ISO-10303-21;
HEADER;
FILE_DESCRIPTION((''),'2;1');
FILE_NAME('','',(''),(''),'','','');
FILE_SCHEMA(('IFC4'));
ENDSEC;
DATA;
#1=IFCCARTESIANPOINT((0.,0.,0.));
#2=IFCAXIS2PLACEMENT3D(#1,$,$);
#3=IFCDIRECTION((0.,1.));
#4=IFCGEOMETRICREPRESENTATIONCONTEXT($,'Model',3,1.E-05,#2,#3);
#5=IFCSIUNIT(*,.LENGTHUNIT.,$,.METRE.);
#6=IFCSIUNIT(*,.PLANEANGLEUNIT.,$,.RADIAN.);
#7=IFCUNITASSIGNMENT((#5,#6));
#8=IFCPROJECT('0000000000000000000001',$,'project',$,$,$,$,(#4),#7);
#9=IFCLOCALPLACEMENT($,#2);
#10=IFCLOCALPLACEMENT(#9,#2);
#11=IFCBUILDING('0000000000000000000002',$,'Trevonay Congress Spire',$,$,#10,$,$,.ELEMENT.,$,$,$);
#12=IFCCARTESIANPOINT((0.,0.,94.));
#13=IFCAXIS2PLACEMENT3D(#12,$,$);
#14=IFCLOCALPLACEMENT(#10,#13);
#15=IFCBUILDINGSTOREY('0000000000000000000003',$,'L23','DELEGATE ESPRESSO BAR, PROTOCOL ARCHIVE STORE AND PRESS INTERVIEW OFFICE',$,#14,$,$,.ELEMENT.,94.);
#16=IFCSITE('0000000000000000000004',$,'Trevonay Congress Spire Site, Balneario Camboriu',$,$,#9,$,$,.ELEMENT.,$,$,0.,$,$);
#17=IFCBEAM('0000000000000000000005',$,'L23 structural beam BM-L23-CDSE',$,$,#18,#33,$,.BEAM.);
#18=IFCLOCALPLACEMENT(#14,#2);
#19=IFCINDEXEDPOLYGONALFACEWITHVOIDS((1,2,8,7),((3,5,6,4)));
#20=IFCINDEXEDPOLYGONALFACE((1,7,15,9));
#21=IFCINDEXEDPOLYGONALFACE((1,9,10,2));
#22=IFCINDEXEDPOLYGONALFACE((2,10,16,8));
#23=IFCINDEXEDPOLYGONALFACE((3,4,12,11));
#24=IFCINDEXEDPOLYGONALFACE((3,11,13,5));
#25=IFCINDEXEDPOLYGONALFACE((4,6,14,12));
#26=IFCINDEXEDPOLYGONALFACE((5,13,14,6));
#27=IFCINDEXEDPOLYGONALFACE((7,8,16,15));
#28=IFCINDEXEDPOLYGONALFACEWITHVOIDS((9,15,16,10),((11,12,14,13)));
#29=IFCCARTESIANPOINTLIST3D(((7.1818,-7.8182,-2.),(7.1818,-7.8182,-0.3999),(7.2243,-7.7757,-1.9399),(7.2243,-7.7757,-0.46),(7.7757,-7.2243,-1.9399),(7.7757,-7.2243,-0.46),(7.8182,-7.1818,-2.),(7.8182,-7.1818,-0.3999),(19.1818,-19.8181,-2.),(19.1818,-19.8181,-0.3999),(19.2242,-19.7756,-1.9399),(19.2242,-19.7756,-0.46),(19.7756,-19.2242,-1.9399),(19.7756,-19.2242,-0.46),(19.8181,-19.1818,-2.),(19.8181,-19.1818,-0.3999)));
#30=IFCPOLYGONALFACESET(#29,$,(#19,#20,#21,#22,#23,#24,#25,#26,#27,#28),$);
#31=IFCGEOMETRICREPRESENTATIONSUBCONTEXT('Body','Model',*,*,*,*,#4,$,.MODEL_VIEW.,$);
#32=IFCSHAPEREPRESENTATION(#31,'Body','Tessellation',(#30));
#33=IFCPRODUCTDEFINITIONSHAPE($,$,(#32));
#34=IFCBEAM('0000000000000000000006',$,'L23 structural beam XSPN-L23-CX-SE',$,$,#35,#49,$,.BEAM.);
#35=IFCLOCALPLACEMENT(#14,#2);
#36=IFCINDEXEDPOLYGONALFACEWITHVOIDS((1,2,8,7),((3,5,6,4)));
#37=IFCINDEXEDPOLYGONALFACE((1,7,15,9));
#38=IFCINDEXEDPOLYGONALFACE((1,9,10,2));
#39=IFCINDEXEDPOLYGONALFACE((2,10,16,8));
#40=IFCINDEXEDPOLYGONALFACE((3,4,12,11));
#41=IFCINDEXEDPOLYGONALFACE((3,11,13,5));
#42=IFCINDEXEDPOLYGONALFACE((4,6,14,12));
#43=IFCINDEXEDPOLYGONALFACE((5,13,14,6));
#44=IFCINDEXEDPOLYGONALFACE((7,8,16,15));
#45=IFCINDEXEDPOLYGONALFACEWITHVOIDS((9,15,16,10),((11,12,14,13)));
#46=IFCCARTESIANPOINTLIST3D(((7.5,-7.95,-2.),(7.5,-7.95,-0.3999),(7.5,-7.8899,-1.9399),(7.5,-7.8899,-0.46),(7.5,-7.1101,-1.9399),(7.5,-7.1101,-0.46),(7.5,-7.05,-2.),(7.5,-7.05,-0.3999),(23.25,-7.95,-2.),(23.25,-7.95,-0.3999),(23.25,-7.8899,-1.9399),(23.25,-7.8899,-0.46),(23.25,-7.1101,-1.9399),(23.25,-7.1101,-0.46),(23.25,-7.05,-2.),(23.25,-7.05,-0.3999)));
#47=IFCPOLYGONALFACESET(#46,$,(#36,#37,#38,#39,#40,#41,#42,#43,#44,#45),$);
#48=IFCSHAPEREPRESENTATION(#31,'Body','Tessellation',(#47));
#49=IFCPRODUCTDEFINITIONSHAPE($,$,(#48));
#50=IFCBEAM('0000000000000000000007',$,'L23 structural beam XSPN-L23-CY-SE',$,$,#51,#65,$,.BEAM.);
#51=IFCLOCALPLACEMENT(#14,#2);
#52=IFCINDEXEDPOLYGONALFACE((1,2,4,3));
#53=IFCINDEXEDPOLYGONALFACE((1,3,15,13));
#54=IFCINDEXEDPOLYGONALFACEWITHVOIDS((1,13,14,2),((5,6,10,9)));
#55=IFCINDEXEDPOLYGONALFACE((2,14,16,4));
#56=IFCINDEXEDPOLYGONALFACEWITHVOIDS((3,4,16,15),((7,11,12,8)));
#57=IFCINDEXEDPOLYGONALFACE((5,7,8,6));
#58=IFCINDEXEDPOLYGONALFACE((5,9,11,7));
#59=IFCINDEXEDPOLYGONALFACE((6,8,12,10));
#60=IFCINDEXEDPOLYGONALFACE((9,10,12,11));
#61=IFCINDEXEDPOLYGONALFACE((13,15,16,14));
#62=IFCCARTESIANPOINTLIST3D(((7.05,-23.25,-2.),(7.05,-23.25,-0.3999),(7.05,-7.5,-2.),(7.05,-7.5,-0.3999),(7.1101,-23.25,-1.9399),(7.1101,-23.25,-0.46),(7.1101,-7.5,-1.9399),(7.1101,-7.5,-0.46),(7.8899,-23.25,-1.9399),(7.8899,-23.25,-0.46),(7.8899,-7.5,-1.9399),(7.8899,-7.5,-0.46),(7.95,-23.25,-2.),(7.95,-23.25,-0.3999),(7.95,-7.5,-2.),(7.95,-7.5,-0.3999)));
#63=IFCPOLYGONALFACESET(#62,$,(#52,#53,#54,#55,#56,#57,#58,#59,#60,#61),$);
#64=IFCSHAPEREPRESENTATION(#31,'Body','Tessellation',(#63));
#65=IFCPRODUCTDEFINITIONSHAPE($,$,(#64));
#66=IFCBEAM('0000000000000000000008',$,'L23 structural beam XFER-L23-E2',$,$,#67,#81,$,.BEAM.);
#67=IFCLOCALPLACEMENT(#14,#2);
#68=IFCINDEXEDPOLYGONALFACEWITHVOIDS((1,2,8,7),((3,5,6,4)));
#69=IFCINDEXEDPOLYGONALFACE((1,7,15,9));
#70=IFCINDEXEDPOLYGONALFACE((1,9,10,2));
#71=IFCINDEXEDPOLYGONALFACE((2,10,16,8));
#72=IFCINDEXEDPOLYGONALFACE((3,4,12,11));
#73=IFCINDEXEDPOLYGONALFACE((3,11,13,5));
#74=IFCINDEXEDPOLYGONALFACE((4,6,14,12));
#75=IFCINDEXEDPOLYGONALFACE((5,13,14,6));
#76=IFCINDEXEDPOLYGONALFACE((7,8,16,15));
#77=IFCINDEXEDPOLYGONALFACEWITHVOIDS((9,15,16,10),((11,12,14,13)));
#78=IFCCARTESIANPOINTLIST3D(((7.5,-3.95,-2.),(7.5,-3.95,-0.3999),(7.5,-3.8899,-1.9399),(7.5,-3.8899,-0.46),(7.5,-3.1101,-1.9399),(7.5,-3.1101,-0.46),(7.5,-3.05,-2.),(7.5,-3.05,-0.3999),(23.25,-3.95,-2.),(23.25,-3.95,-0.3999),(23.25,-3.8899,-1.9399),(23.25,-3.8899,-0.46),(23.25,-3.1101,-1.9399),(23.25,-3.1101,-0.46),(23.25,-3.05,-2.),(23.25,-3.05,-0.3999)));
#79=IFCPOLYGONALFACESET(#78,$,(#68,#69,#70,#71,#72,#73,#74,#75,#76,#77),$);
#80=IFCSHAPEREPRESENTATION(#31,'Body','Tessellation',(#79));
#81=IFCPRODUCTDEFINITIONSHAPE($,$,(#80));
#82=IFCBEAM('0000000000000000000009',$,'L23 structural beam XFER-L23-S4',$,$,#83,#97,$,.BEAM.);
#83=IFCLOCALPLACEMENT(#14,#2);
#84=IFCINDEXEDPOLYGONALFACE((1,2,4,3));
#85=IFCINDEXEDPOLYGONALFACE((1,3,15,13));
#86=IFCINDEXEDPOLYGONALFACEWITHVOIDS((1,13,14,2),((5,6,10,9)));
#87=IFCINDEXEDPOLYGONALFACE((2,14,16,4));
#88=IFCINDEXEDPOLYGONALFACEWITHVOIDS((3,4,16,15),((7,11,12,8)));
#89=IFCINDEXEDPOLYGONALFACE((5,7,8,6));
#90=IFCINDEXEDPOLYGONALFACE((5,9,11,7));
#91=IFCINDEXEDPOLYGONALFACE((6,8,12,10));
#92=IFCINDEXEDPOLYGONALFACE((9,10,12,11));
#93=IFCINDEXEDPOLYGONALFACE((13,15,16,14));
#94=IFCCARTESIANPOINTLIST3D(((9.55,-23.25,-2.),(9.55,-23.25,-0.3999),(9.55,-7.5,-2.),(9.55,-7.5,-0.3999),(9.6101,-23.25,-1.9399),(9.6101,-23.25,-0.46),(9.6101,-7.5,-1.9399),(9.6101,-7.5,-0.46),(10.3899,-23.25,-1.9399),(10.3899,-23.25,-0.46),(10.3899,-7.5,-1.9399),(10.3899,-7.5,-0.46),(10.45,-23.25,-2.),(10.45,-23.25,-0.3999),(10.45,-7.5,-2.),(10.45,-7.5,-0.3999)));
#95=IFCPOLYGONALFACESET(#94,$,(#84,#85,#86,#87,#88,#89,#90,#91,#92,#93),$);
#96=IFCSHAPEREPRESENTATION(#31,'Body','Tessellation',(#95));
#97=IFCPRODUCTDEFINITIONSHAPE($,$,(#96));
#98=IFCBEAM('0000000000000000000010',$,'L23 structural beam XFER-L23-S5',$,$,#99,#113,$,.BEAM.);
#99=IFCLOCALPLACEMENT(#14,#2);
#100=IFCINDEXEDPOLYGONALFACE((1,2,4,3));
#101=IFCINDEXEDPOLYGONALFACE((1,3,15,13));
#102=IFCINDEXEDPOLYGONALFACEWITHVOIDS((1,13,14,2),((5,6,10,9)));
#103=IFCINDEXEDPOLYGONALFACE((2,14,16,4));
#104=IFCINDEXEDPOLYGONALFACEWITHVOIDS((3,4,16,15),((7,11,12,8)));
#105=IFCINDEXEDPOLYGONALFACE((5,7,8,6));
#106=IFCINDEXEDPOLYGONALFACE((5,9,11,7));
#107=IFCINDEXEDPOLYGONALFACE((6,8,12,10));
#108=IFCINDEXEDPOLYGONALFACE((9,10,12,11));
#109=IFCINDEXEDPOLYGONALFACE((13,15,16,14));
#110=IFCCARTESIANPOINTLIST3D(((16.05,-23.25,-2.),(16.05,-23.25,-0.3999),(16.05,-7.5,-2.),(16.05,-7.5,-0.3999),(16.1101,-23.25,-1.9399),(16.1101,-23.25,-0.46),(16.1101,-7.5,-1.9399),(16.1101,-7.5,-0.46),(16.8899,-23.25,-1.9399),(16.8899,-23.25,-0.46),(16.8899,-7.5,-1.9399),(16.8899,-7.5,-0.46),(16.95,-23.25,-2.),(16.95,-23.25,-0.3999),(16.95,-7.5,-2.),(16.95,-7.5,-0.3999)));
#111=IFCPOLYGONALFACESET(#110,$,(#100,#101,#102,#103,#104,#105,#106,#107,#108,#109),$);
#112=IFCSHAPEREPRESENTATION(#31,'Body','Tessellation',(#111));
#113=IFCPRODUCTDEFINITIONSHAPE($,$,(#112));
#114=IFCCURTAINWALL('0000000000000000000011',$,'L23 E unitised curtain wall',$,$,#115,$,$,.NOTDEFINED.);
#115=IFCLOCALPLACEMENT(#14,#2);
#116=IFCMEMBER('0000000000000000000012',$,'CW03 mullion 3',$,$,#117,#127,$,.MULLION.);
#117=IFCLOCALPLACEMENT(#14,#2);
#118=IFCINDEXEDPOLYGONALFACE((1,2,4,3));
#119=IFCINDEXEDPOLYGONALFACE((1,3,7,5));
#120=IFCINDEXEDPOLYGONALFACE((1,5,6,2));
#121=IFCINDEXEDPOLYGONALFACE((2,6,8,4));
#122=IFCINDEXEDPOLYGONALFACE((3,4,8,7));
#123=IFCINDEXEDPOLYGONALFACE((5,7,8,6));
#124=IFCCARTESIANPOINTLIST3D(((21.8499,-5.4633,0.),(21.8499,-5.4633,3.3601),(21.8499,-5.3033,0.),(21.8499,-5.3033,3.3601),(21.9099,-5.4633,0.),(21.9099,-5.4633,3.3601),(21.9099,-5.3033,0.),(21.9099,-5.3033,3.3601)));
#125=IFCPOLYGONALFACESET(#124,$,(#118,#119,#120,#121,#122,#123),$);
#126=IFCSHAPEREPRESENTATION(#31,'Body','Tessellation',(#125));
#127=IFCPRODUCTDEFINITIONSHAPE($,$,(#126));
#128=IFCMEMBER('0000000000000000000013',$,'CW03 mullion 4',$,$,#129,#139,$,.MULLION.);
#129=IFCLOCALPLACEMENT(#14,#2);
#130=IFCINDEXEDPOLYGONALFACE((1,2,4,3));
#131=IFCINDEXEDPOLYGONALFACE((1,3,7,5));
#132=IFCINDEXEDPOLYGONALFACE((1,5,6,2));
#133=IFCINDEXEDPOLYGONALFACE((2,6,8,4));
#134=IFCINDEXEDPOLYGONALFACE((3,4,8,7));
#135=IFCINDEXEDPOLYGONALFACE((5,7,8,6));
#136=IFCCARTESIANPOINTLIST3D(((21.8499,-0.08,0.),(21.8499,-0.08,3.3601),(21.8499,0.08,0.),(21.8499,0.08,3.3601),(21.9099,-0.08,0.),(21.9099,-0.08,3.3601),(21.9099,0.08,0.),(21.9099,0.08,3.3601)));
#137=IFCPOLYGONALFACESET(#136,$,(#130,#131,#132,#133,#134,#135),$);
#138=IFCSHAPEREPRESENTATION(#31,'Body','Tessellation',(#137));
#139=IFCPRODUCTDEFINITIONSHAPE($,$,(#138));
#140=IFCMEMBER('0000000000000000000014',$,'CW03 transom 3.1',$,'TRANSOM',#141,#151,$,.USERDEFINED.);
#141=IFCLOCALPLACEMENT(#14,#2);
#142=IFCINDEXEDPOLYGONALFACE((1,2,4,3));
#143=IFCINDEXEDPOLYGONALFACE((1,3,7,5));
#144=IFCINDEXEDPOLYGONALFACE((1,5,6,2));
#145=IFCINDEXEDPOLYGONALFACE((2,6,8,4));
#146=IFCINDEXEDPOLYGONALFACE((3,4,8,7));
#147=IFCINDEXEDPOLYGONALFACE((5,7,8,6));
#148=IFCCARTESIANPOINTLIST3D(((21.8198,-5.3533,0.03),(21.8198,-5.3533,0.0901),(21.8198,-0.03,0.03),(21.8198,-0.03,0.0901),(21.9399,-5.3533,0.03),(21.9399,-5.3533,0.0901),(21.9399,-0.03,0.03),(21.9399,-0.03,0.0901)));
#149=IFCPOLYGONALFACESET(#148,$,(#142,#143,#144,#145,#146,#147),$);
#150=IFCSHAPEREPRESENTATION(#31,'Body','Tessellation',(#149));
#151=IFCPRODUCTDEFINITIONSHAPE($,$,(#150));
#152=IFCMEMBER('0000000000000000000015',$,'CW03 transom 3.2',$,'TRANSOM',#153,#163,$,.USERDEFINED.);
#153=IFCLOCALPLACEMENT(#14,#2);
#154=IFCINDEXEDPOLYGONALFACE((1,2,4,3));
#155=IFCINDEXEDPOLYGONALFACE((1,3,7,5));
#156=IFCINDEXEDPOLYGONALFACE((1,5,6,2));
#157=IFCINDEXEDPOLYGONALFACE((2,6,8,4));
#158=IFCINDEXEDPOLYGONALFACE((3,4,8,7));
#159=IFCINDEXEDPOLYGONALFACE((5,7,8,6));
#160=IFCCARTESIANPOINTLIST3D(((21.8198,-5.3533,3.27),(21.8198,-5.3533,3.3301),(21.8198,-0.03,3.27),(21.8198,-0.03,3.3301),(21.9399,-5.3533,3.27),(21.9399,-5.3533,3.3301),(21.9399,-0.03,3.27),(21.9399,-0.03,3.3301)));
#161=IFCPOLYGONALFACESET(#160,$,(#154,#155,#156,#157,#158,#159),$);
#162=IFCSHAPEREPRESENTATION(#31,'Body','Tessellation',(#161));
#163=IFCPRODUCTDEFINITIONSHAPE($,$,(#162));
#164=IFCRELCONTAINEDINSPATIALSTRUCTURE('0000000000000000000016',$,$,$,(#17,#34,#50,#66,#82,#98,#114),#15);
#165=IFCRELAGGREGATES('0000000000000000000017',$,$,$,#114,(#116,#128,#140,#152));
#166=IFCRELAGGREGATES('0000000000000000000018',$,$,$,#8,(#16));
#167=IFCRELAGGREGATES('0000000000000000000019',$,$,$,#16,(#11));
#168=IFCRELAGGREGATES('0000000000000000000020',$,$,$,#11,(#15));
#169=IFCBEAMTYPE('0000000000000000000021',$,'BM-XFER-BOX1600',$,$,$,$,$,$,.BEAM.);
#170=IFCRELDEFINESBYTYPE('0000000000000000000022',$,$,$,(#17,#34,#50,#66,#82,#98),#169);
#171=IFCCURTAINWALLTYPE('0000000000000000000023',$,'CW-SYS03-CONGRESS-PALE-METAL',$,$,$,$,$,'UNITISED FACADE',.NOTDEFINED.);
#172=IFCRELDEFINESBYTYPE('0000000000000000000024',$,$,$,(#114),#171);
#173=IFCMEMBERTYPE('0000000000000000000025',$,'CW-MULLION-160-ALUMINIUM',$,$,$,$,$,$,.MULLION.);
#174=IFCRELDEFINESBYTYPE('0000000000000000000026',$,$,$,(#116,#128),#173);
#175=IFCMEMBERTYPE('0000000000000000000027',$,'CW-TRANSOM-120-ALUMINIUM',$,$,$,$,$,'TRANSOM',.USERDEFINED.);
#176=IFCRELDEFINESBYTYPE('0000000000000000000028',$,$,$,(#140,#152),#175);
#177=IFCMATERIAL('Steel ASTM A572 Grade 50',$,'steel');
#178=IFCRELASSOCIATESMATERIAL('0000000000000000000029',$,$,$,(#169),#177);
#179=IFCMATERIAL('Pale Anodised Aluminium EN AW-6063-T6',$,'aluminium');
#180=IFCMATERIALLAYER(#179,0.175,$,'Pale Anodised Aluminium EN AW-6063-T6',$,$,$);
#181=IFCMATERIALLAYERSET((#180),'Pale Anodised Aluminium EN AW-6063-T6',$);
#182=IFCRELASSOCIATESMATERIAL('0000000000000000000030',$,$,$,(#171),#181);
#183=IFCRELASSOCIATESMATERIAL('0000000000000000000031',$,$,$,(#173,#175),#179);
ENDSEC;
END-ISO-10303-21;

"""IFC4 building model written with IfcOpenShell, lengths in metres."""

from ifc_helpers import new_model, si_unit, direction, frame, origin, origin_2d, place, context, subcontext, project, spatial, rectangle, hollow_rectangle, extrude, material, layer, layer_set, material_profile, profile_set, type_object, element, aggregate, save


model = new_model("IFC4")

# Units and contexts
model_context = context("Model", 3, precision=1e-05, world=origin(), true_north=direction((0.0, 1.0)))
body_context = subcontext(model_context, "Body", "Model", "MODEL_VIEW")
ifc_project = project(units=[si_unit("LENGTHUNIT", "METRE"), si_unit("PLANEANGLEUNIT", "RADIAN")], contexts=[model_context])

# Site, building, storey
site_placement = place(None, origin())
site = spatial("IfcSite", under=ifc_project, at=site_placement, Name="Trevonay Congress Spire Site, Balneario Camboriu", CompositionType="ELEMENT", RefElevation=0.0)
building_placement = place(site_placement, origin())
building = spatial("IfcBuilding", under=site, at=building_placement, Name="Trevonay Congress Spire", CompositionType="ELEMENT")
storey_placement = place(building_placement, frame((0.0, 0.0, 94.0)))
storey = spatial("IfcBuildingStorey", under=building, at=storey_placement, Name="L23", Description="DELEGATE ESPRESSO BAR, PROTOCOL ARCHIVE STORE AND PRESS INTERVIEW OFFICE", CompositionType="ELEMENT", Elevation=94.0)

# Shared definitions
ifc_material_1 = material(Name="Steel ASTM A572 Grade 50", Category="steel")

# Beams
ifc_material_profile_1 = material_profile(ifc_material_1, hollow_rectangle(XDim=0.8999, YDim=1.6001, WallThickness=0.0601, at=origin_2d()), Name="BOX 1600x900x60")
ifc_profile_set_1 = profile_set([ifc_material_profile_1], Name="Steel ASTM A572 Grade 50")
beam_type_1 = type_object("IfcBeamType", Name="BM-XFER-BOX1600", PredefinedType="BEAM", material=ifc_profile_set_1)
beam_1_placement = place(storey_placement, frame((7.5, -7.5, -1.2), z_axis=(0.707107, -0.707107, 0.0), x_axis=(0.707107, 0.707107, 0.0)))
element("IfcBeam", 1, at=beam_1_placement, inside=storey, type_object=beam_type_1, Name="L23 structural beam BM-L23-CDSE", PredefinedType="BEAM", context=body_context, shape_type="SweptSolid", body=[
    extrude(hollow_rectangle(XDim=0.8999, YDim=1.6001, WallThickness=0.0601, at=origin_2d()), origin(), (0.0, 0.0, 1.0), 16.9705),
])
for number, where, z_axis, x_axis, name in (
    (2, (7.5, -7.5, -1.2), (1.0, 0.0, 0.0), (0.0, 1.0, 0.0), "L23 structural beam XSPN-L23-CX-SE"),
    (3, (7.5, -7.5, -1.2), (0.0, -1.0, 0.0), (1.0, 0.0, 0.0), "L23 structural beam XSPN-L23-CY-SE"),
    (4, (7.5, -3.5, -1.2), (1.0, 0.0, 0.0), (0.0, 1.0, 0.0), "L23 structural beam XFER-L23-E2"),
    (5, (10.0, -7.5, -1.2), (0.0, -1.0, 0.0), (1.0, 0.0, 0.0), "L23 structural beam XFER-L23-S4"),
    (6, (16.5, -7.5, -1.2), (0.0, -1.0, 0.0), (1.0, 0.0, 0.0), "L23 structural beam XFER-L23-S5"),
):
    element("IfcBeam", number, at=place(storey_placement, frame(where, z_axis=z_axis, x_axis=x_axis)), inside=storey, type_object=beam_type_1, Name=name, PredefinedType="BEAM", context=body_context, shape_type="SweptSolid", body=[
        extrude(hollow_rectangle(XDim=0.8999, YDim=1.6001, WallThickness=0.0601, at=origin_2d()), origin(), (0.0, 0.0, 1.0), 15.75),
    ])

# Curtain wall, members
ifc_material_2 = material(Name="Pale Anodised Aluminium EN AW-6063-T6", Category="aluminium")
ifc_layer_1 = layer(ifc_material_2, 0.175, Name="Pale Anodised Aluminium EN AW-6063-T6")
ifc_layer_set_1 = layer_set([ifc_layer_1], Name="Pale Anodised Aluminium EN AW-6063-T6")
curtain_wall_type = type_object("IfcCurtainWallType", Name="CW-SYS03-CONGRESS-PALE-METAL", ElementType="UNITISED FACADE", PredefinedType="NOTDEFINED", material=ifc_layer_set_1)
curtain_wall_placement = place(storey_placement, origin())
curtain_wall = element("IfcCurtainWall", 7, at=curtain_wall_placement, inside=storey, type_object=curtain_wall_type, Name="L23 E unitised curtain wall", PredefinedType="NOTDEFINED")
ifc_material_profile_2 = material_profile(ifc_material_2, rectangle(XDim=0.0601, YDim=0.1599, at=origin_2d()), Name="CW-MULLION-160-ALUMINIUM")
ifc_profile_set_2 = profile_set([ifc_material_profile_2], Name="Pale Anodised Aluminium EN AW-6063-T6")
member_type_1 = type_object("IfcMemberType", Name="CW-MULLION-160-ALUMINIUM", PredefinedType="MULLION", material=ifc_profile_set_2)
member_1_placement = place(storey_placement, frame((21.8799, -5.3833, 0.0), z_axis=(0.0, 0.0, 1.0), x_axis=(-1.0, 0.0, 0.0)))
member_1 = element("IfcMember", 8, at=member_1_placement, type_object=member_type_1, Name="CW03 mullion 3", PredefinedType="MULLION", context=body_context, shape_type="SweptSolid", body=[
    extrude(rectangle(XDim=0.0601, YDim=0.1599, at=origin_2d()), origin(), (0.0, 0.0, 1.0), 3.3601),
])
member_2_placement = place(storey_placement, frame((21.8799, 0.0, 0.0), z_axis=(0.0, 0.0, 1.0), x_axis=(-1.0, 0.0, 0.0)))
member_2 = element("IfcMember", 9, at=member_2_placement, type_object=member_type_1, Name="CW03 mullion 4", PredefinedType="MULLION", context=body_context, shape_type="SweptSolid", body=[
    extrude(rectangle(XDim=0.0601, YDim=0.1599, at=origin_2d()), origin(), (0.0, 0.0, 1.0), 3.3601),
])
ifc_material_profile_3 = material_profile(ifc_material_2, rectangle(XDim=0.1201, YDim=0.0601, at=origin_2d()), Name="CW-TRANSOM-120-ALUMINIUM")
ifc_profile_set_3 = profile_set([ifc_material_profile_3], Name="Pale Anodised Aluminium EN AW-6063-T6")
member_type_2 = type_object("IfcMemberType", Name="CW-TRANSOM-120-ALUMINIUM", ElementType="TRANSOM", PredefinedType="USERDEFINED", material=ifc_profile_set_3)
member_3_placement = place(storey_placement, frame((21.8799, -5.3533, 0.0601), z_axis=(0.0, 1.0, 0.0), x_axis=(-1.0, 0.0, 0.0)))
member_3 = element("IfcMember", 10, at=member_3_placement, type_object=member_type_2, Name="CW03 transom 3.1", ObjectType="TRANSOM", PredefinedType="USERDEFINED", context=body_context, shape_type="SweptSolid", body=[
    extrude(rectangle(XDim=0.1201, YDim=0.0601, at=origin_2d()), origin(), (0.0, 0.0, 1.0), 5.3232),
])
member_4_placement = place(storey_placement, frame((21.8799, -5.3533, 3.3), z_axis=(0.0, 1.0, 0.0), x_axis=(-1.0, 0.0, 0.0)))
member_4 = element("IfcMember", 11, at=member_4_placement, type_object=member_type_2, Name="CW03 transom 3.2", ObjectType="TRANSOM", PredefinedType="USERDEFINED", context=body_context, shape_type="SweptSolid", body=[
    extrude(rectangle(XDim=0.1201, YDim=0.0601, at=origin_2d()), origin(), (0.0, 0.0, 1.0), 5.3232),
])

aggregate(curtain_wall, [member_1, member_2, member_3, member_4])

save(model, "model.ifc")
